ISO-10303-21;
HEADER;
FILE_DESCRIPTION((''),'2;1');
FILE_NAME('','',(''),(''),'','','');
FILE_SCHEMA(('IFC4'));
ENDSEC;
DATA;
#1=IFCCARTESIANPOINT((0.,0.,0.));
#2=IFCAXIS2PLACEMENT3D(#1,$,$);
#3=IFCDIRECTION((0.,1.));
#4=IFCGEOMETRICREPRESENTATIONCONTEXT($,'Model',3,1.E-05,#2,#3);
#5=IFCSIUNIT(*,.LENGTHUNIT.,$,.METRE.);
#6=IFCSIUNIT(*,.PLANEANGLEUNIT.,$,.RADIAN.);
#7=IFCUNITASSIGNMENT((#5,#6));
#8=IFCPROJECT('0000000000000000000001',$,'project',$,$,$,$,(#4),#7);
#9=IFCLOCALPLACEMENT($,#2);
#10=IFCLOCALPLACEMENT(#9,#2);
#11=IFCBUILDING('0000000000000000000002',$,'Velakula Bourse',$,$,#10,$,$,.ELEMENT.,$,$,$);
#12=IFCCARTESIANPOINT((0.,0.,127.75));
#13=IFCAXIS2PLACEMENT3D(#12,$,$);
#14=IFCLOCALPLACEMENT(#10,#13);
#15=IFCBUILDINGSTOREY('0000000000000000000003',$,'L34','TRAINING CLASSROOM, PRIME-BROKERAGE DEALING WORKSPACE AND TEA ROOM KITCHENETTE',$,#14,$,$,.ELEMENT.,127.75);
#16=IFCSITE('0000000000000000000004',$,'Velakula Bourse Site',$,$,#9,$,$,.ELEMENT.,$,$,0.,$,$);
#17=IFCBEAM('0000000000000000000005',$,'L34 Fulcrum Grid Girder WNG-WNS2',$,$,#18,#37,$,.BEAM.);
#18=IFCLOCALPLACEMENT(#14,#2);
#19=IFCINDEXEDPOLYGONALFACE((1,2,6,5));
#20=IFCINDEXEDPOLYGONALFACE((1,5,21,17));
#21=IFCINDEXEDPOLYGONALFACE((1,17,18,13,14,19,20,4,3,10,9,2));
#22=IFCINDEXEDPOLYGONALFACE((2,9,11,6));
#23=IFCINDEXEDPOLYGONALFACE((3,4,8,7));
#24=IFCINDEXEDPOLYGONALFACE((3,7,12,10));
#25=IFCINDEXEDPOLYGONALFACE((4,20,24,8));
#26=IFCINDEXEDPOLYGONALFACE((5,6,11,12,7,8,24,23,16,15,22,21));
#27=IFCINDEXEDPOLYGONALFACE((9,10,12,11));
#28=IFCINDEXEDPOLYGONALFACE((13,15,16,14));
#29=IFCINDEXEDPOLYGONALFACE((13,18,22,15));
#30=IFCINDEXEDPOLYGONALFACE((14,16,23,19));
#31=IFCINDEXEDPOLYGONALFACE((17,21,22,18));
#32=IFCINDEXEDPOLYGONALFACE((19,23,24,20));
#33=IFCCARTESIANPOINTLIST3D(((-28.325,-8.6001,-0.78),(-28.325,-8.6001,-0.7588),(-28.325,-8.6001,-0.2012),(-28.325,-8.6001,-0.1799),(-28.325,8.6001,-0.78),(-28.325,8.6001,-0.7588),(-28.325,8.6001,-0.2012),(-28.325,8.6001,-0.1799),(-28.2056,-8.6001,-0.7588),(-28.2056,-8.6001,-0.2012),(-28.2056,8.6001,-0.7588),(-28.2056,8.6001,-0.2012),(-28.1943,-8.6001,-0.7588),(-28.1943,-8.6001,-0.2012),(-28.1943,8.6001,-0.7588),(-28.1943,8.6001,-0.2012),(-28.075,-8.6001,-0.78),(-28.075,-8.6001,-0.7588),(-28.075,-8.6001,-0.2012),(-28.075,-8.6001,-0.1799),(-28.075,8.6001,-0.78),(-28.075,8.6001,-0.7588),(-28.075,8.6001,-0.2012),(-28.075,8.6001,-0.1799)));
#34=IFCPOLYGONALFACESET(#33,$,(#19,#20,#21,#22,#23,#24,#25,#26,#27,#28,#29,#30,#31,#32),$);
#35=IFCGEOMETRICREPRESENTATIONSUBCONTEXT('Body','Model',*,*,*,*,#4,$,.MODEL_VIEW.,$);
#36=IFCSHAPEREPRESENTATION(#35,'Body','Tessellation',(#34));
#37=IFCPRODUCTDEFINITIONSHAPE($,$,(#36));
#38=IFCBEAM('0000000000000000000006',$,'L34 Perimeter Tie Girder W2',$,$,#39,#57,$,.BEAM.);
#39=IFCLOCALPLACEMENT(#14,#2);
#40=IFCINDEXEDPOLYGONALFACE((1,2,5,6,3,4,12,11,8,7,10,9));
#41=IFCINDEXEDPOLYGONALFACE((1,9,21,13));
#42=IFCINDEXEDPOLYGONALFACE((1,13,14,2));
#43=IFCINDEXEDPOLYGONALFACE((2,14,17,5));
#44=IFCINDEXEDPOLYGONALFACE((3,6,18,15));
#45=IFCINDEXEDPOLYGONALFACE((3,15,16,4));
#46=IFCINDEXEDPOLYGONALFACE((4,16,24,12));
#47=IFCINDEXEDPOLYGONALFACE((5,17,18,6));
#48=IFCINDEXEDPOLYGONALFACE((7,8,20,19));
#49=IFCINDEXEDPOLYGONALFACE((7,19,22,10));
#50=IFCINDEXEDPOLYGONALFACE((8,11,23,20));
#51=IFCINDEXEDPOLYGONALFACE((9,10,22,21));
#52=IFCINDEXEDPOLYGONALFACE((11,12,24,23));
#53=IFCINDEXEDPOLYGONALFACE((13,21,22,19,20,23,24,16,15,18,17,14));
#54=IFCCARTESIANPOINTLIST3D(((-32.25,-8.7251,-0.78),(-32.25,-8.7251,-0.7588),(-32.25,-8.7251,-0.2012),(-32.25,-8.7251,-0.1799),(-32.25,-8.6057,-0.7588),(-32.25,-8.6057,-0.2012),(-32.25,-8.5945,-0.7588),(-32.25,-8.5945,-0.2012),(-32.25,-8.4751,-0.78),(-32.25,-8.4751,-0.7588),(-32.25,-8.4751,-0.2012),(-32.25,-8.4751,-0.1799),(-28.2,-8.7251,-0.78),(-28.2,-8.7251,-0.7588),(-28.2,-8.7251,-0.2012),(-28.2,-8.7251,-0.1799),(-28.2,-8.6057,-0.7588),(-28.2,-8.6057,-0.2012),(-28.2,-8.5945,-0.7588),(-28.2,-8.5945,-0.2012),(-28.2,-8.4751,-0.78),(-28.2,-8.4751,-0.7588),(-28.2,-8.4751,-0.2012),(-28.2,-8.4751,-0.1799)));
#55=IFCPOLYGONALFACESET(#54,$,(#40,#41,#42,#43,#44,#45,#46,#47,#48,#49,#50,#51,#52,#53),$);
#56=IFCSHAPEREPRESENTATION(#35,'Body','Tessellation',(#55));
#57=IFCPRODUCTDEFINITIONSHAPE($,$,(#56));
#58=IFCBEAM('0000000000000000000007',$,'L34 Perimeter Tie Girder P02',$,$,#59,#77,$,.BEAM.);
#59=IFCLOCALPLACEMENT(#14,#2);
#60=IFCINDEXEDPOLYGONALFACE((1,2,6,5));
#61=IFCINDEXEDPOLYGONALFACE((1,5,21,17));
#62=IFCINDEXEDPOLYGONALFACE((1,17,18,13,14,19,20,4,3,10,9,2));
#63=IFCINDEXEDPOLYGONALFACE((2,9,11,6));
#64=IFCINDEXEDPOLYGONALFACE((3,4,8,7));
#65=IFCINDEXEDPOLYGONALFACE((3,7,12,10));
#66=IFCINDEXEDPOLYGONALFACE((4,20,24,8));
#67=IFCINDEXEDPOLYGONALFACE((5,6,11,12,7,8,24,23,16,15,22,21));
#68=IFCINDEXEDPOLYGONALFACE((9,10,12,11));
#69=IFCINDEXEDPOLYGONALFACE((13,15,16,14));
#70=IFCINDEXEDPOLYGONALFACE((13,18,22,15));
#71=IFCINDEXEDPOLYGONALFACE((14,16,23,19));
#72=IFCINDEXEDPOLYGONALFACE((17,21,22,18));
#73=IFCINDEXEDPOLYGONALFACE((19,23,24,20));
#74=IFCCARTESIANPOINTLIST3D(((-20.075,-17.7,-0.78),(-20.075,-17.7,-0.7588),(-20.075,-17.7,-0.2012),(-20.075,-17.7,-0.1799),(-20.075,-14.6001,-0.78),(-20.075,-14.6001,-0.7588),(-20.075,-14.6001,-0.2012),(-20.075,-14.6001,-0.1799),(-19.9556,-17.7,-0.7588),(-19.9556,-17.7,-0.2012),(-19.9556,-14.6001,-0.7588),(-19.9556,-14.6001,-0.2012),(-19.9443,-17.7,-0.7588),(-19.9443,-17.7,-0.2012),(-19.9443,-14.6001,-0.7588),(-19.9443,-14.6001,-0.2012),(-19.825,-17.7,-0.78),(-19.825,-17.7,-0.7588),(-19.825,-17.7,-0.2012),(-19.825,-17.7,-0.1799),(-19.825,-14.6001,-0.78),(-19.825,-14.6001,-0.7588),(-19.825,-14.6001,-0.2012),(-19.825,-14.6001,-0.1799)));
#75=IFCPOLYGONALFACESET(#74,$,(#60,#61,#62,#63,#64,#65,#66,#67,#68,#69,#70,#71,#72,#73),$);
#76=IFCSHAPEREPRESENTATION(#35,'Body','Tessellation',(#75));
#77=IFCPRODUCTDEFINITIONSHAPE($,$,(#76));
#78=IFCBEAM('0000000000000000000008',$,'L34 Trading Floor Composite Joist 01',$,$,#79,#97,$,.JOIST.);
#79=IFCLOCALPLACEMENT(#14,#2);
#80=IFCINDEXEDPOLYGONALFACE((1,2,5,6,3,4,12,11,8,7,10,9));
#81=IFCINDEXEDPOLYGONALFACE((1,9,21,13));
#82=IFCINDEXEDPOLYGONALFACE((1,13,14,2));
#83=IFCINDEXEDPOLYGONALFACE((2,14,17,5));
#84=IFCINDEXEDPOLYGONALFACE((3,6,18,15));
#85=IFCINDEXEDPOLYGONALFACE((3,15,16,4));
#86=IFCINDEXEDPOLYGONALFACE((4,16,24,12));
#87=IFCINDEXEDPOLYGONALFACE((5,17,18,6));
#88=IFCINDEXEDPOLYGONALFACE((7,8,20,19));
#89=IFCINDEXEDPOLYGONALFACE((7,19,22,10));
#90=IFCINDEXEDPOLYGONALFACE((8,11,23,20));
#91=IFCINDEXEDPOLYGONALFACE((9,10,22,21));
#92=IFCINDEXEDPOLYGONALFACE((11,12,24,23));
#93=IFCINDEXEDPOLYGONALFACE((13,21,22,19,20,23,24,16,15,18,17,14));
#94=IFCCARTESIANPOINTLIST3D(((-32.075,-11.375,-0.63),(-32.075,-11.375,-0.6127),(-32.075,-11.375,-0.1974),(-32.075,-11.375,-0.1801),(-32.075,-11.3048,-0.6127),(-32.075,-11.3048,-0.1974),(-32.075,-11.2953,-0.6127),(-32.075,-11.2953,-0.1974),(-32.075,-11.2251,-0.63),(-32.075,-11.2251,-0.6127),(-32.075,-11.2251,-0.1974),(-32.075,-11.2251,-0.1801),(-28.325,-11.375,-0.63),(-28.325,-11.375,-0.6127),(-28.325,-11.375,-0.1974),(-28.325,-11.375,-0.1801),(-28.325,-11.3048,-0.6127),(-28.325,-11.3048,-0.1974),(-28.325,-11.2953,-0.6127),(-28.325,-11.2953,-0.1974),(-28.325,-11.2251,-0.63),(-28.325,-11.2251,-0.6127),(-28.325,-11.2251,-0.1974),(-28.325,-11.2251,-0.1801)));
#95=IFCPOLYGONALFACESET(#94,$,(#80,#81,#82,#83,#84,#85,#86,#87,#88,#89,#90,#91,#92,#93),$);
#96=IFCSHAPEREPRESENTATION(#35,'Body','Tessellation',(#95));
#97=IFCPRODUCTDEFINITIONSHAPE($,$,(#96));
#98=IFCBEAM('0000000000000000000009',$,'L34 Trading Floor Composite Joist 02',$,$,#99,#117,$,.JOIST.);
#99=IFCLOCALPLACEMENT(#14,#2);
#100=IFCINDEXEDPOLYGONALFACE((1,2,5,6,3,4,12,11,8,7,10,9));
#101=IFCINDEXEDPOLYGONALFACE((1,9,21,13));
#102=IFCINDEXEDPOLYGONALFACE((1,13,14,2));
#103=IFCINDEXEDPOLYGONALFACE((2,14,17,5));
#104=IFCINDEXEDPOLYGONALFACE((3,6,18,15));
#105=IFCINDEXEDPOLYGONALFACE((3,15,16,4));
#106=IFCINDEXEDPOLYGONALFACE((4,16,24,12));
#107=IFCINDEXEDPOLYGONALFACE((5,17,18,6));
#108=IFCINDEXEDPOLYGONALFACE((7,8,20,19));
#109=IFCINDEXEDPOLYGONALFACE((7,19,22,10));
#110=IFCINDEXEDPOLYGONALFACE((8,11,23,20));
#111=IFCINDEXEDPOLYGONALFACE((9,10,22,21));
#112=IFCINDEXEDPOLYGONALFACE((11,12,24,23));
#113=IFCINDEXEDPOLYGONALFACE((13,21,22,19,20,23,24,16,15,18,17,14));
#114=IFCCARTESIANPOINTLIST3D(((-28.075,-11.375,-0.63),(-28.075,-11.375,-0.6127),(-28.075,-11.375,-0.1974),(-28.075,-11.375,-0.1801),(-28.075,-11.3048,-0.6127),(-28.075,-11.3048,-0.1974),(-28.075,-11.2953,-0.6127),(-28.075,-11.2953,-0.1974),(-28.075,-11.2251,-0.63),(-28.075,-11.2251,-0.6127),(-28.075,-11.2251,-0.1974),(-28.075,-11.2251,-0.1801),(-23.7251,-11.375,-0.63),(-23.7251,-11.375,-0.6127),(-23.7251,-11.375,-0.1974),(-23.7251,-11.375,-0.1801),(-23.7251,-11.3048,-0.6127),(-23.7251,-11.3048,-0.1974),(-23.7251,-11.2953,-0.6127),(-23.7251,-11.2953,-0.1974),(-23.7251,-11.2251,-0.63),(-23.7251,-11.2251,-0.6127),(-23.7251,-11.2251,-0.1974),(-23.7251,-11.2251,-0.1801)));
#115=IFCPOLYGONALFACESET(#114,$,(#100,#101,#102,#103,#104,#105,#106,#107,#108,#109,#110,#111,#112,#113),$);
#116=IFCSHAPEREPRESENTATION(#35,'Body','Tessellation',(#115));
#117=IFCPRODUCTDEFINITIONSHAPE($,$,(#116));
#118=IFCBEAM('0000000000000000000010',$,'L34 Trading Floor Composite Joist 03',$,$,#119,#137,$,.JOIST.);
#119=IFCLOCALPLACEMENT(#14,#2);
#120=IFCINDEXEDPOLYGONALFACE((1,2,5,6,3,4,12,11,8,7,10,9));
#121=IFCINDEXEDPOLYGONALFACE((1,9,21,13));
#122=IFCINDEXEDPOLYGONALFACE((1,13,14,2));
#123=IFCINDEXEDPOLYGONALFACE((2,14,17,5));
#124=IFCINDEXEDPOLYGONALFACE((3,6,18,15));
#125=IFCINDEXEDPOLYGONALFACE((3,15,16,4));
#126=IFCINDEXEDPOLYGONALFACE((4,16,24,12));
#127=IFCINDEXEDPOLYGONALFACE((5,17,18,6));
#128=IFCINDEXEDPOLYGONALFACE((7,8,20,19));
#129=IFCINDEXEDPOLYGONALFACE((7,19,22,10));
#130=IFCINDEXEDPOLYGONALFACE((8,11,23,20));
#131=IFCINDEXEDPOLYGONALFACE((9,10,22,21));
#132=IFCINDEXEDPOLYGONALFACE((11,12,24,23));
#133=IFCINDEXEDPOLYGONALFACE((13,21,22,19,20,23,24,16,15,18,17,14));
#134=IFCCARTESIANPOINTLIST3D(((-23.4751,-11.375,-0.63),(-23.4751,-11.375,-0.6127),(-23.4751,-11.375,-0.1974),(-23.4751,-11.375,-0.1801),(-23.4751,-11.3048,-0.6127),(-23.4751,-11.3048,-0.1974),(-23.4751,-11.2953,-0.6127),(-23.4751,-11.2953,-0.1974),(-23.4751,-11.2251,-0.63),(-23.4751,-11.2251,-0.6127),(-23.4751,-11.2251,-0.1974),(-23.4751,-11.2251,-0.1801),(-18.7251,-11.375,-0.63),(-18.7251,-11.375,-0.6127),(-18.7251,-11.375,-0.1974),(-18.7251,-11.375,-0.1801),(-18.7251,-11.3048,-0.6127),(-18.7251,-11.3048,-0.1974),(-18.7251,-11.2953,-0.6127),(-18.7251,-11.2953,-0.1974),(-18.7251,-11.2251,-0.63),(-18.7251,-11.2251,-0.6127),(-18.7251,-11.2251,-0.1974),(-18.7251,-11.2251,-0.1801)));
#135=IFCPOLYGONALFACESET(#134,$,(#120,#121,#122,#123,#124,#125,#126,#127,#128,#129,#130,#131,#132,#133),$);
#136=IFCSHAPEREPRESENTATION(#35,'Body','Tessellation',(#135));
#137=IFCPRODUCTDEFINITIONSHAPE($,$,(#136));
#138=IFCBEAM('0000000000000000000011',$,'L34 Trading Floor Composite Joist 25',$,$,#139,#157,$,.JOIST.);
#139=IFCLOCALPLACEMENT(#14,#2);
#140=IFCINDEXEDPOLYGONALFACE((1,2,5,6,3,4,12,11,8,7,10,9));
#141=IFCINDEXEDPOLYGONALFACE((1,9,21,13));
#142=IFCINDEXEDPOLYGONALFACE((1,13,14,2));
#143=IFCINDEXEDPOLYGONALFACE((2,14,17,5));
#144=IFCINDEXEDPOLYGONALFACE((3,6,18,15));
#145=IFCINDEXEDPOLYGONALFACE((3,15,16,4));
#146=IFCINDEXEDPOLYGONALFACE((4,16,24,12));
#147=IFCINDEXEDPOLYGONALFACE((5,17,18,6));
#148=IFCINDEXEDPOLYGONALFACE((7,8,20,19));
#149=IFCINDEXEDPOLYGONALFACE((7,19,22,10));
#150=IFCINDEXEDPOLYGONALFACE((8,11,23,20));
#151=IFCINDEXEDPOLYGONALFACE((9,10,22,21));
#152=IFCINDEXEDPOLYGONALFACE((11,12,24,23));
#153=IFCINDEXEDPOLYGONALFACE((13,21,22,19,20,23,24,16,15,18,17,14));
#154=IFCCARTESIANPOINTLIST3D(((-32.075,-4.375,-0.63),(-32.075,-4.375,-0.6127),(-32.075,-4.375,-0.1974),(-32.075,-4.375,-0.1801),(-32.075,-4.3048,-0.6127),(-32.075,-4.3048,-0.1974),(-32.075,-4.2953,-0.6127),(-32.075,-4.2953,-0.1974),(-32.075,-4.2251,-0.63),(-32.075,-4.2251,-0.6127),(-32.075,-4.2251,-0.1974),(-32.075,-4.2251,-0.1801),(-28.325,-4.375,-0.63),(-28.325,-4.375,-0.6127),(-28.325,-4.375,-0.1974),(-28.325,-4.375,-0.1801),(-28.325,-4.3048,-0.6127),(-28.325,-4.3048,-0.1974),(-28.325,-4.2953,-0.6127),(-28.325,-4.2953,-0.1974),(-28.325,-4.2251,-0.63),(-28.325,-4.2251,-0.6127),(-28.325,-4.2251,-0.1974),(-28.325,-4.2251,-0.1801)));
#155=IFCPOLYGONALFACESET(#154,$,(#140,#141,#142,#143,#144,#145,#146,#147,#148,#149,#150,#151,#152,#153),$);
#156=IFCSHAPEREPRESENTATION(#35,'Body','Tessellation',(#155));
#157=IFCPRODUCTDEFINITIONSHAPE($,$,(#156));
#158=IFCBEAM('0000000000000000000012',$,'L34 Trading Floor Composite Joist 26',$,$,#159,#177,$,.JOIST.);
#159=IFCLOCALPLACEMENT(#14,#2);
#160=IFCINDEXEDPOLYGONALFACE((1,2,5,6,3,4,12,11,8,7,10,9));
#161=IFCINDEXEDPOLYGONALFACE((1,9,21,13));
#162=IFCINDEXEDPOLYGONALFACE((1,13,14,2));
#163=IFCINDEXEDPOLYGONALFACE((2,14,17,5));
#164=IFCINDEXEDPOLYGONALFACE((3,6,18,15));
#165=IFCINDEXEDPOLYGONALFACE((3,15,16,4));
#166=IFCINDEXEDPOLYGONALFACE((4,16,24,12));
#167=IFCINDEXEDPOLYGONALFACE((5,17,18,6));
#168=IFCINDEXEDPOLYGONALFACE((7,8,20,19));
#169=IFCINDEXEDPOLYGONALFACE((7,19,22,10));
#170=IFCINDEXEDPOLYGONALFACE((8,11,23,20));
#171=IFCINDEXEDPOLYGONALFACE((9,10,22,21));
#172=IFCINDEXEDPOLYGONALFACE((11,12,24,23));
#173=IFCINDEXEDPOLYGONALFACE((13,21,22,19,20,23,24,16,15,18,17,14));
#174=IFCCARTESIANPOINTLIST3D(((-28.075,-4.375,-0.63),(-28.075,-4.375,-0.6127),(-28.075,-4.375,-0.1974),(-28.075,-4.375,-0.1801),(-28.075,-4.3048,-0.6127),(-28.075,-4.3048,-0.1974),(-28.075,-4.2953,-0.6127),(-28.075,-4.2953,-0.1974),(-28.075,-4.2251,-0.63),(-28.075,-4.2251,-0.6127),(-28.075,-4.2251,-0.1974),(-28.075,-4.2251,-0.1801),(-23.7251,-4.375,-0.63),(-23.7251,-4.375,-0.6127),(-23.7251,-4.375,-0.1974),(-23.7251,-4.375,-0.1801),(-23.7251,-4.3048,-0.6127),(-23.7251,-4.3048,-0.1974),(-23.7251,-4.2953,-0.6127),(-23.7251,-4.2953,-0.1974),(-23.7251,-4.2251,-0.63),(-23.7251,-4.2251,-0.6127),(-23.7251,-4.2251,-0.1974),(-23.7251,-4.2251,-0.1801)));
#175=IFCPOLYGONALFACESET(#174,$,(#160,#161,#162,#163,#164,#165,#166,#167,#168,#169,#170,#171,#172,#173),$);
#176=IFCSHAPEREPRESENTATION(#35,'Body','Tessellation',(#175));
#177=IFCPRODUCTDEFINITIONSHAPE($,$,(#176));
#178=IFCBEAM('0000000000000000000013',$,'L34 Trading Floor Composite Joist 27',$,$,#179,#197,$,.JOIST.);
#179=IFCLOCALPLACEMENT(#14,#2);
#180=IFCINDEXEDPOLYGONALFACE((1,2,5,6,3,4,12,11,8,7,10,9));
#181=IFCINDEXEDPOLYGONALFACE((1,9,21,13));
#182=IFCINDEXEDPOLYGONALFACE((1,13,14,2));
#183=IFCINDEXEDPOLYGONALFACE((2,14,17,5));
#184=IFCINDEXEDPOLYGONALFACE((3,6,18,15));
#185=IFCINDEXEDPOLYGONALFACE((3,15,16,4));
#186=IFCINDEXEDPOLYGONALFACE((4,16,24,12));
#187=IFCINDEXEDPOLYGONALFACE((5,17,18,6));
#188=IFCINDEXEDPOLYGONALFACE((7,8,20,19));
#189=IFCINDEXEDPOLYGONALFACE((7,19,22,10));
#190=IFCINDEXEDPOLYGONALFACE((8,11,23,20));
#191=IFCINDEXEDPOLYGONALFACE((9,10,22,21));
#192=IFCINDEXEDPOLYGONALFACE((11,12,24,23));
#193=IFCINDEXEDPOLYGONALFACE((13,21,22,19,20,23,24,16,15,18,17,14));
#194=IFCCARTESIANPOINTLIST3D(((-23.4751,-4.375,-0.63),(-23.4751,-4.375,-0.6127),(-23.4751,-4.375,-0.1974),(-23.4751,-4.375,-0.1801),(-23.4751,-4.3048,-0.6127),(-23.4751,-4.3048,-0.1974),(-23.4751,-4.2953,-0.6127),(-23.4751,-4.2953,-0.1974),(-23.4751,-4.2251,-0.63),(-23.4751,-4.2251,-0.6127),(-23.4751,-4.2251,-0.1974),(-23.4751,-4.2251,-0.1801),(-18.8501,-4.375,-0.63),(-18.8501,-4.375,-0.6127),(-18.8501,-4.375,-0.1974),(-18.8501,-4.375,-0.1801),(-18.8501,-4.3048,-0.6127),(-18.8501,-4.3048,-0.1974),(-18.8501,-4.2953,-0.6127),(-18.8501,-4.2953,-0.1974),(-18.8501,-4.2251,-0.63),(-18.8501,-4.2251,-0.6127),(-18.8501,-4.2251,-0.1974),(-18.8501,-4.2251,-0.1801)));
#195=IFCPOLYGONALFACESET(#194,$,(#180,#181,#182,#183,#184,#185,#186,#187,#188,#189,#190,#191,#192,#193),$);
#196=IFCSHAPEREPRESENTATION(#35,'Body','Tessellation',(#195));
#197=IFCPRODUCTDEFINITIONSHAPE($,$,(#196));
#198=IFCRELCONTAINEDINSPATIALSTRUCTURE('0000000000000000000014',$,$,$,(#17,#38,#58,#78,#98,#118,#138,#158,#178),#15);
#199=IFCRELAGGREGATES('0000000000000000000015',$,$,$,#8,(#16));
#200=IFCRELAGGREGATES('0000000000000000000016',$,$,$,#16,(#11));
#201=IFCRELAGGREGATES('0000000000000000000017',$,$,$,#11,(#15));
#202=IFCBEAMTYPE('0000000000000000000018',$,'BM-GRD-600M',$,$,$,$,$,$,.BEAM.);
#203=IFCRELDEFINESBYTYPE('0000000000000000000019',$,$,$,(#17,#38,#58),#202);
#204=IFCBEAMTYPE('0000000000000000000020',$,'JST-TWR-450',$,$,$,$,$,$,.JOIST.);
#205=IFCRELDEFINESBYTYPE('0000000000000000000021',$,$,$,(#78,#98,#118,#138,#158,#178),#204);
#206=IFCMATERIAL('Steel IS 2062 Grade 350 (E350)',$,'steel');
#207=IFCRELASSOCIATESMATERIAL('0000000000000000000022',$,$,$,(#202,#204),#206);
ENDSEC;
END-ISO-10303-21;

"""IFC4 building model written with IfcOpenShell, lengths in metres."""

from ifc_helpers import new_model, si_unit, direction, frame, origin, origin_2d, place, context, subcontext, project, spatial, i_section, extrude, material, material_profile, profile_set, type_object, element, save


model = new_model("IFC4")

# Units and contexts
model_context = context("Model", 3, precision=1e-05, world=origin(), true_north=direction((0.0, 1.0)))
body_context = subcontext(model_context, "Body", "Model", "MODEL_VIEW")
ifc_project = project(units=[si_unit("LENGTHUNIT", "METRE"), si_unit("PLANEANGLEUNIT", "RADIAN")], contexts=[model_context])

# Site, building, storey
site_placement = place(None, origin())
site = spatial("IfcSite", under=ifc_project, at=site_placement, Name="Velakula Bourse Site", CompositionType="ELEMENT", RefElevation=0.0)
building_placement = place(site_placement, origin())
building = spatial("IfcBuilding", under=site, at=building_placement, Name="Velakula Bourse", CompositionType="ELEMENT")
storey_placement = place(building_placement, frame((0.0, 0.0, 127.75)))
storey = spatial("IfcBuildingStorey", under=building, at=storey_placement, Name="L34", Description="TRAINING CLASSROOM, PRIME-BROKERAGE DEALING WORKSPACE AND TEA ROOM KITCHENETTE", CompositionType="ELEMENT", Elevation=127.75)

# Shared definitions
ifc_material_1 = material(Name="Steel IS 2062 Grade 350 (E350)", Category="steel")

# Beams
ifc_material_profile_1 = material_profile(ifc_material_1, i_section(OverallWidth=0.25, OverallDepth=0.6001, WebThickness=0.0112, FlangeThickness=0.0212, at=origin_2d()), Name="Steel IS 2062 Grade 350 (E350)")
ifc_profile_set_1 = profile_set([ifc_material_profile_1], Name="Steel IS 2062 Grade 350 (E350)")
beam_type_1 = type_object("IfcBeamType", Name="BM-GRD-600M", PredefinedType="BEAM", material=ifc_profile_set_1)
beam_1_placement = place(storey_placement, frame((-28.2, -8.6001, -0.48), z_axis=(0.0, 1.0, 0.0), x_axis=(-1.0, 0.0, 0.0)))
element("IfcBeam", 1, at=beam_1_placement, inside=storey, type_object=beam_type_1, Name="L34 Fulcrum Grid Girder WNG-WNS2", PredefinedType="BEAM", context=body_context, shape_type="SweptSolid", body=[
    extrude(i_section(OverallWidth=0.25, OverallDepth=0.6001, WebThickness=0.0112, FlangeThickness=0.0212, at=origin_2d()), origin(), (0.0, 0.0, 1.0), 17.2002),
])
beam_2_placement = place(storey_placement, frame((-28.2, -8.6001, -0.48), z_axis=(-1.0, 0.0, 0.0), x_axis=(0.0, -1.0, 0.0)))
element("IfcBeam", 2, at=beam_2_placement, inside=storey, type_object=beam_type_1, Name="L34 Perimeter Tie Girder W2", PredefinedType="BEAM", context=body_context, shape_type="SweptSolid", body=[
    extrude(i_section(OverallWidth=0.25, OverallDepth=0.6001, WebThickness=0.0112, FlangeThickness=0.0212, at=origin_2d()), origin(), (0.0, 0.0, 1.0), 4.05),
])
beam_3_placement = place(storey_placement, frame((-19.95, -14.6001, -0.48), z_axis=(0.0, -1.0, 0.0), x_axis=(1.0, 0.0, 0.0)))
element("IfcBeam", 3, at=beam_3_placement, inside=storey, type_object=beam_type_1, Name="L34 Perimeter Tie Girder P02", PredefinedType="BEAM", context=body_context, shape_type="SweptSolid", body=[
    extrude(i_section(OverallWidth=0.25, OverallDepth=0.6001, WebThickness=0.0112, FlangeThickness=0.0212, at=origin_2d()), origin(), (0.0, 0.0, 1.0), 3.0999),
])
ifc_material_profile_2 = material_profile(ifc_material_1, i_section(OverallWidth=0.1499, OverallDepth=0.45, WebThickness=0.0095, FlangeThickness=0.0173, at=origin_2d()), Name="Steel IS 2062 Grade 350 (E350)")
ifc_profile_set_2 = profile_set([ifc_material_profile_2], Name="Steel IS 2062 Grade 350 (E350)")
beam_type_2 = type_object("IfcBeamType", Name="JST-TWR-450", PredefinedType="JOIST", material=ifc_profile_set_2)
beam_4_placement = place(storey_placement, frame((-32.075, -11.3, -0.405), z_axis=(1.0, 0.0, 0.0), x_axis=(0.0, 1.0, 0.0)))
element("IfcBeam", 4, at=beam_4_placement, inside=storey, type_object=beam_type_2, Name="L34 Trading Floor Composite Joist 01", PredefinedType="JOIST", context=body_context, shape_type="SweptSolid", body=[
    extrude(i_section(OverallWidth=0.1499, OverallDepth=0.45, WebThickness=0.0095, FlangeThickness=0.0173, at=origin_2d()), origin(), (0.0, 0.0, 1.0), 3.75),
])
beam_5_placement = place(storey_placement, frame((-28.075, -11.3, -0.405), z_axis=(1.0, 0.0, 0.0), x_axis=(0.0, 1.0, 0.0)))
element("IfcBeam", 5, at=beam_5_placement, inside=storey, type_object=beam_type_2, Name="L34 Trading Floor Composite Joist 02", PredefinedType="JOIST", context=body_context, shape_type="SweptSolid", body=[
    extrude(i_section(OverallWidth=0.1499, OverallDepth=0.45, WebThickness=0.0095, FlangeThickness=0.0173, at=origin_2d()), origin(), (0.0, 0.0, 1.0), 4.3499),
])
beam_6_placement = place(storey_placement, frame((-23.4751, -11.3, -0.405), z_axis=(1.0, 0.0, 0.0), x_axis=(0.0, 1.0, 0.0)))
element("IfcBeam", 6, at=beam_6_placement, inside=storey, type_object=beam_type_2, Name="L34 Trading Floor Composite Joist 03", PredefinedType="JOIST", context=body_context, shape_type="SweptSolid", body=[
    extrude(i_section(OverallWidth=0.1499, OverallDepth=0.45, WebThickness=0.0095, FlangeThickness=0.0173, at=origin_2d()), origin(), (0.0, 0.0, 1.0), 4.75),
])
beam_7_placement = place(storey_placement, frame((-32.075, -4.3, -0.405), z_axis=(1.0, 0.0, 0.0), x_axis=(0.0, 1.0, 0.0)))
element("IfcBeam", 7, at=beam_7_placement, inside=storey, type_object=beam_type_2, Name="L34 Trading Floor Composite Joist 25", PredefinedType="JOIST", context=body_context, shape_type="SweptSolid", body=[
    extrude(i_section(OverallWidth=0.1499, OverallDepth=0.45, WebThickness=0.0095, FlangeThickness=0.0173, at=origin_2d()), origin(), (0.0, 0.0, 1.0), 3.75),
])
beam_8_placement = place(storey_placement, frame((-28.075, -4.3, -0.405), z_axis=(1.0, 0.0, 0.0), x_axis=(0.0, 1.0, 0.0)))
element("IfcBeam", 8, at=beam_8_placement, inside=storey, type_object=beam_type_2, Name="L34 Trading Floor Composite Joist 26", PredefinedType="JOIST", context=body_context, shape_type="SweptSolid", body=[
    extrude(i_section(OverallWidth=0.1499, OverallDepth=0.45, WebThickness=0.0095, FlangeThickness=0.0173, at=origin_2d()), origin(), (0.0, 0.0, 1.0), 4.3499),
])
beam_9_placement = place(storey_placement, frame((-23.4751, -4.3, -0.405), z_axis=(1.0, 0.0, 0.0), x_axis=(0.0, 1.0, 0.0)))
element("IfcBeam", 9, at=beam_9_placement, inside=storey, type_object=beam_type_2, Name="L34 Trading Floor Composite Joist 27", PredefinedType="JOIST", context=body_context, shape_type="SweptSolid", body=[
    extrude(i_section(OverallWidth=0.1499, OverallDepth=0.45, WebThickness=0.0095, FlangeThickness=0.0173, at=origin_2d()), origin(), (0.0, 0.0, 1.0), 4.625),
])

save(model, "model.ifc")
